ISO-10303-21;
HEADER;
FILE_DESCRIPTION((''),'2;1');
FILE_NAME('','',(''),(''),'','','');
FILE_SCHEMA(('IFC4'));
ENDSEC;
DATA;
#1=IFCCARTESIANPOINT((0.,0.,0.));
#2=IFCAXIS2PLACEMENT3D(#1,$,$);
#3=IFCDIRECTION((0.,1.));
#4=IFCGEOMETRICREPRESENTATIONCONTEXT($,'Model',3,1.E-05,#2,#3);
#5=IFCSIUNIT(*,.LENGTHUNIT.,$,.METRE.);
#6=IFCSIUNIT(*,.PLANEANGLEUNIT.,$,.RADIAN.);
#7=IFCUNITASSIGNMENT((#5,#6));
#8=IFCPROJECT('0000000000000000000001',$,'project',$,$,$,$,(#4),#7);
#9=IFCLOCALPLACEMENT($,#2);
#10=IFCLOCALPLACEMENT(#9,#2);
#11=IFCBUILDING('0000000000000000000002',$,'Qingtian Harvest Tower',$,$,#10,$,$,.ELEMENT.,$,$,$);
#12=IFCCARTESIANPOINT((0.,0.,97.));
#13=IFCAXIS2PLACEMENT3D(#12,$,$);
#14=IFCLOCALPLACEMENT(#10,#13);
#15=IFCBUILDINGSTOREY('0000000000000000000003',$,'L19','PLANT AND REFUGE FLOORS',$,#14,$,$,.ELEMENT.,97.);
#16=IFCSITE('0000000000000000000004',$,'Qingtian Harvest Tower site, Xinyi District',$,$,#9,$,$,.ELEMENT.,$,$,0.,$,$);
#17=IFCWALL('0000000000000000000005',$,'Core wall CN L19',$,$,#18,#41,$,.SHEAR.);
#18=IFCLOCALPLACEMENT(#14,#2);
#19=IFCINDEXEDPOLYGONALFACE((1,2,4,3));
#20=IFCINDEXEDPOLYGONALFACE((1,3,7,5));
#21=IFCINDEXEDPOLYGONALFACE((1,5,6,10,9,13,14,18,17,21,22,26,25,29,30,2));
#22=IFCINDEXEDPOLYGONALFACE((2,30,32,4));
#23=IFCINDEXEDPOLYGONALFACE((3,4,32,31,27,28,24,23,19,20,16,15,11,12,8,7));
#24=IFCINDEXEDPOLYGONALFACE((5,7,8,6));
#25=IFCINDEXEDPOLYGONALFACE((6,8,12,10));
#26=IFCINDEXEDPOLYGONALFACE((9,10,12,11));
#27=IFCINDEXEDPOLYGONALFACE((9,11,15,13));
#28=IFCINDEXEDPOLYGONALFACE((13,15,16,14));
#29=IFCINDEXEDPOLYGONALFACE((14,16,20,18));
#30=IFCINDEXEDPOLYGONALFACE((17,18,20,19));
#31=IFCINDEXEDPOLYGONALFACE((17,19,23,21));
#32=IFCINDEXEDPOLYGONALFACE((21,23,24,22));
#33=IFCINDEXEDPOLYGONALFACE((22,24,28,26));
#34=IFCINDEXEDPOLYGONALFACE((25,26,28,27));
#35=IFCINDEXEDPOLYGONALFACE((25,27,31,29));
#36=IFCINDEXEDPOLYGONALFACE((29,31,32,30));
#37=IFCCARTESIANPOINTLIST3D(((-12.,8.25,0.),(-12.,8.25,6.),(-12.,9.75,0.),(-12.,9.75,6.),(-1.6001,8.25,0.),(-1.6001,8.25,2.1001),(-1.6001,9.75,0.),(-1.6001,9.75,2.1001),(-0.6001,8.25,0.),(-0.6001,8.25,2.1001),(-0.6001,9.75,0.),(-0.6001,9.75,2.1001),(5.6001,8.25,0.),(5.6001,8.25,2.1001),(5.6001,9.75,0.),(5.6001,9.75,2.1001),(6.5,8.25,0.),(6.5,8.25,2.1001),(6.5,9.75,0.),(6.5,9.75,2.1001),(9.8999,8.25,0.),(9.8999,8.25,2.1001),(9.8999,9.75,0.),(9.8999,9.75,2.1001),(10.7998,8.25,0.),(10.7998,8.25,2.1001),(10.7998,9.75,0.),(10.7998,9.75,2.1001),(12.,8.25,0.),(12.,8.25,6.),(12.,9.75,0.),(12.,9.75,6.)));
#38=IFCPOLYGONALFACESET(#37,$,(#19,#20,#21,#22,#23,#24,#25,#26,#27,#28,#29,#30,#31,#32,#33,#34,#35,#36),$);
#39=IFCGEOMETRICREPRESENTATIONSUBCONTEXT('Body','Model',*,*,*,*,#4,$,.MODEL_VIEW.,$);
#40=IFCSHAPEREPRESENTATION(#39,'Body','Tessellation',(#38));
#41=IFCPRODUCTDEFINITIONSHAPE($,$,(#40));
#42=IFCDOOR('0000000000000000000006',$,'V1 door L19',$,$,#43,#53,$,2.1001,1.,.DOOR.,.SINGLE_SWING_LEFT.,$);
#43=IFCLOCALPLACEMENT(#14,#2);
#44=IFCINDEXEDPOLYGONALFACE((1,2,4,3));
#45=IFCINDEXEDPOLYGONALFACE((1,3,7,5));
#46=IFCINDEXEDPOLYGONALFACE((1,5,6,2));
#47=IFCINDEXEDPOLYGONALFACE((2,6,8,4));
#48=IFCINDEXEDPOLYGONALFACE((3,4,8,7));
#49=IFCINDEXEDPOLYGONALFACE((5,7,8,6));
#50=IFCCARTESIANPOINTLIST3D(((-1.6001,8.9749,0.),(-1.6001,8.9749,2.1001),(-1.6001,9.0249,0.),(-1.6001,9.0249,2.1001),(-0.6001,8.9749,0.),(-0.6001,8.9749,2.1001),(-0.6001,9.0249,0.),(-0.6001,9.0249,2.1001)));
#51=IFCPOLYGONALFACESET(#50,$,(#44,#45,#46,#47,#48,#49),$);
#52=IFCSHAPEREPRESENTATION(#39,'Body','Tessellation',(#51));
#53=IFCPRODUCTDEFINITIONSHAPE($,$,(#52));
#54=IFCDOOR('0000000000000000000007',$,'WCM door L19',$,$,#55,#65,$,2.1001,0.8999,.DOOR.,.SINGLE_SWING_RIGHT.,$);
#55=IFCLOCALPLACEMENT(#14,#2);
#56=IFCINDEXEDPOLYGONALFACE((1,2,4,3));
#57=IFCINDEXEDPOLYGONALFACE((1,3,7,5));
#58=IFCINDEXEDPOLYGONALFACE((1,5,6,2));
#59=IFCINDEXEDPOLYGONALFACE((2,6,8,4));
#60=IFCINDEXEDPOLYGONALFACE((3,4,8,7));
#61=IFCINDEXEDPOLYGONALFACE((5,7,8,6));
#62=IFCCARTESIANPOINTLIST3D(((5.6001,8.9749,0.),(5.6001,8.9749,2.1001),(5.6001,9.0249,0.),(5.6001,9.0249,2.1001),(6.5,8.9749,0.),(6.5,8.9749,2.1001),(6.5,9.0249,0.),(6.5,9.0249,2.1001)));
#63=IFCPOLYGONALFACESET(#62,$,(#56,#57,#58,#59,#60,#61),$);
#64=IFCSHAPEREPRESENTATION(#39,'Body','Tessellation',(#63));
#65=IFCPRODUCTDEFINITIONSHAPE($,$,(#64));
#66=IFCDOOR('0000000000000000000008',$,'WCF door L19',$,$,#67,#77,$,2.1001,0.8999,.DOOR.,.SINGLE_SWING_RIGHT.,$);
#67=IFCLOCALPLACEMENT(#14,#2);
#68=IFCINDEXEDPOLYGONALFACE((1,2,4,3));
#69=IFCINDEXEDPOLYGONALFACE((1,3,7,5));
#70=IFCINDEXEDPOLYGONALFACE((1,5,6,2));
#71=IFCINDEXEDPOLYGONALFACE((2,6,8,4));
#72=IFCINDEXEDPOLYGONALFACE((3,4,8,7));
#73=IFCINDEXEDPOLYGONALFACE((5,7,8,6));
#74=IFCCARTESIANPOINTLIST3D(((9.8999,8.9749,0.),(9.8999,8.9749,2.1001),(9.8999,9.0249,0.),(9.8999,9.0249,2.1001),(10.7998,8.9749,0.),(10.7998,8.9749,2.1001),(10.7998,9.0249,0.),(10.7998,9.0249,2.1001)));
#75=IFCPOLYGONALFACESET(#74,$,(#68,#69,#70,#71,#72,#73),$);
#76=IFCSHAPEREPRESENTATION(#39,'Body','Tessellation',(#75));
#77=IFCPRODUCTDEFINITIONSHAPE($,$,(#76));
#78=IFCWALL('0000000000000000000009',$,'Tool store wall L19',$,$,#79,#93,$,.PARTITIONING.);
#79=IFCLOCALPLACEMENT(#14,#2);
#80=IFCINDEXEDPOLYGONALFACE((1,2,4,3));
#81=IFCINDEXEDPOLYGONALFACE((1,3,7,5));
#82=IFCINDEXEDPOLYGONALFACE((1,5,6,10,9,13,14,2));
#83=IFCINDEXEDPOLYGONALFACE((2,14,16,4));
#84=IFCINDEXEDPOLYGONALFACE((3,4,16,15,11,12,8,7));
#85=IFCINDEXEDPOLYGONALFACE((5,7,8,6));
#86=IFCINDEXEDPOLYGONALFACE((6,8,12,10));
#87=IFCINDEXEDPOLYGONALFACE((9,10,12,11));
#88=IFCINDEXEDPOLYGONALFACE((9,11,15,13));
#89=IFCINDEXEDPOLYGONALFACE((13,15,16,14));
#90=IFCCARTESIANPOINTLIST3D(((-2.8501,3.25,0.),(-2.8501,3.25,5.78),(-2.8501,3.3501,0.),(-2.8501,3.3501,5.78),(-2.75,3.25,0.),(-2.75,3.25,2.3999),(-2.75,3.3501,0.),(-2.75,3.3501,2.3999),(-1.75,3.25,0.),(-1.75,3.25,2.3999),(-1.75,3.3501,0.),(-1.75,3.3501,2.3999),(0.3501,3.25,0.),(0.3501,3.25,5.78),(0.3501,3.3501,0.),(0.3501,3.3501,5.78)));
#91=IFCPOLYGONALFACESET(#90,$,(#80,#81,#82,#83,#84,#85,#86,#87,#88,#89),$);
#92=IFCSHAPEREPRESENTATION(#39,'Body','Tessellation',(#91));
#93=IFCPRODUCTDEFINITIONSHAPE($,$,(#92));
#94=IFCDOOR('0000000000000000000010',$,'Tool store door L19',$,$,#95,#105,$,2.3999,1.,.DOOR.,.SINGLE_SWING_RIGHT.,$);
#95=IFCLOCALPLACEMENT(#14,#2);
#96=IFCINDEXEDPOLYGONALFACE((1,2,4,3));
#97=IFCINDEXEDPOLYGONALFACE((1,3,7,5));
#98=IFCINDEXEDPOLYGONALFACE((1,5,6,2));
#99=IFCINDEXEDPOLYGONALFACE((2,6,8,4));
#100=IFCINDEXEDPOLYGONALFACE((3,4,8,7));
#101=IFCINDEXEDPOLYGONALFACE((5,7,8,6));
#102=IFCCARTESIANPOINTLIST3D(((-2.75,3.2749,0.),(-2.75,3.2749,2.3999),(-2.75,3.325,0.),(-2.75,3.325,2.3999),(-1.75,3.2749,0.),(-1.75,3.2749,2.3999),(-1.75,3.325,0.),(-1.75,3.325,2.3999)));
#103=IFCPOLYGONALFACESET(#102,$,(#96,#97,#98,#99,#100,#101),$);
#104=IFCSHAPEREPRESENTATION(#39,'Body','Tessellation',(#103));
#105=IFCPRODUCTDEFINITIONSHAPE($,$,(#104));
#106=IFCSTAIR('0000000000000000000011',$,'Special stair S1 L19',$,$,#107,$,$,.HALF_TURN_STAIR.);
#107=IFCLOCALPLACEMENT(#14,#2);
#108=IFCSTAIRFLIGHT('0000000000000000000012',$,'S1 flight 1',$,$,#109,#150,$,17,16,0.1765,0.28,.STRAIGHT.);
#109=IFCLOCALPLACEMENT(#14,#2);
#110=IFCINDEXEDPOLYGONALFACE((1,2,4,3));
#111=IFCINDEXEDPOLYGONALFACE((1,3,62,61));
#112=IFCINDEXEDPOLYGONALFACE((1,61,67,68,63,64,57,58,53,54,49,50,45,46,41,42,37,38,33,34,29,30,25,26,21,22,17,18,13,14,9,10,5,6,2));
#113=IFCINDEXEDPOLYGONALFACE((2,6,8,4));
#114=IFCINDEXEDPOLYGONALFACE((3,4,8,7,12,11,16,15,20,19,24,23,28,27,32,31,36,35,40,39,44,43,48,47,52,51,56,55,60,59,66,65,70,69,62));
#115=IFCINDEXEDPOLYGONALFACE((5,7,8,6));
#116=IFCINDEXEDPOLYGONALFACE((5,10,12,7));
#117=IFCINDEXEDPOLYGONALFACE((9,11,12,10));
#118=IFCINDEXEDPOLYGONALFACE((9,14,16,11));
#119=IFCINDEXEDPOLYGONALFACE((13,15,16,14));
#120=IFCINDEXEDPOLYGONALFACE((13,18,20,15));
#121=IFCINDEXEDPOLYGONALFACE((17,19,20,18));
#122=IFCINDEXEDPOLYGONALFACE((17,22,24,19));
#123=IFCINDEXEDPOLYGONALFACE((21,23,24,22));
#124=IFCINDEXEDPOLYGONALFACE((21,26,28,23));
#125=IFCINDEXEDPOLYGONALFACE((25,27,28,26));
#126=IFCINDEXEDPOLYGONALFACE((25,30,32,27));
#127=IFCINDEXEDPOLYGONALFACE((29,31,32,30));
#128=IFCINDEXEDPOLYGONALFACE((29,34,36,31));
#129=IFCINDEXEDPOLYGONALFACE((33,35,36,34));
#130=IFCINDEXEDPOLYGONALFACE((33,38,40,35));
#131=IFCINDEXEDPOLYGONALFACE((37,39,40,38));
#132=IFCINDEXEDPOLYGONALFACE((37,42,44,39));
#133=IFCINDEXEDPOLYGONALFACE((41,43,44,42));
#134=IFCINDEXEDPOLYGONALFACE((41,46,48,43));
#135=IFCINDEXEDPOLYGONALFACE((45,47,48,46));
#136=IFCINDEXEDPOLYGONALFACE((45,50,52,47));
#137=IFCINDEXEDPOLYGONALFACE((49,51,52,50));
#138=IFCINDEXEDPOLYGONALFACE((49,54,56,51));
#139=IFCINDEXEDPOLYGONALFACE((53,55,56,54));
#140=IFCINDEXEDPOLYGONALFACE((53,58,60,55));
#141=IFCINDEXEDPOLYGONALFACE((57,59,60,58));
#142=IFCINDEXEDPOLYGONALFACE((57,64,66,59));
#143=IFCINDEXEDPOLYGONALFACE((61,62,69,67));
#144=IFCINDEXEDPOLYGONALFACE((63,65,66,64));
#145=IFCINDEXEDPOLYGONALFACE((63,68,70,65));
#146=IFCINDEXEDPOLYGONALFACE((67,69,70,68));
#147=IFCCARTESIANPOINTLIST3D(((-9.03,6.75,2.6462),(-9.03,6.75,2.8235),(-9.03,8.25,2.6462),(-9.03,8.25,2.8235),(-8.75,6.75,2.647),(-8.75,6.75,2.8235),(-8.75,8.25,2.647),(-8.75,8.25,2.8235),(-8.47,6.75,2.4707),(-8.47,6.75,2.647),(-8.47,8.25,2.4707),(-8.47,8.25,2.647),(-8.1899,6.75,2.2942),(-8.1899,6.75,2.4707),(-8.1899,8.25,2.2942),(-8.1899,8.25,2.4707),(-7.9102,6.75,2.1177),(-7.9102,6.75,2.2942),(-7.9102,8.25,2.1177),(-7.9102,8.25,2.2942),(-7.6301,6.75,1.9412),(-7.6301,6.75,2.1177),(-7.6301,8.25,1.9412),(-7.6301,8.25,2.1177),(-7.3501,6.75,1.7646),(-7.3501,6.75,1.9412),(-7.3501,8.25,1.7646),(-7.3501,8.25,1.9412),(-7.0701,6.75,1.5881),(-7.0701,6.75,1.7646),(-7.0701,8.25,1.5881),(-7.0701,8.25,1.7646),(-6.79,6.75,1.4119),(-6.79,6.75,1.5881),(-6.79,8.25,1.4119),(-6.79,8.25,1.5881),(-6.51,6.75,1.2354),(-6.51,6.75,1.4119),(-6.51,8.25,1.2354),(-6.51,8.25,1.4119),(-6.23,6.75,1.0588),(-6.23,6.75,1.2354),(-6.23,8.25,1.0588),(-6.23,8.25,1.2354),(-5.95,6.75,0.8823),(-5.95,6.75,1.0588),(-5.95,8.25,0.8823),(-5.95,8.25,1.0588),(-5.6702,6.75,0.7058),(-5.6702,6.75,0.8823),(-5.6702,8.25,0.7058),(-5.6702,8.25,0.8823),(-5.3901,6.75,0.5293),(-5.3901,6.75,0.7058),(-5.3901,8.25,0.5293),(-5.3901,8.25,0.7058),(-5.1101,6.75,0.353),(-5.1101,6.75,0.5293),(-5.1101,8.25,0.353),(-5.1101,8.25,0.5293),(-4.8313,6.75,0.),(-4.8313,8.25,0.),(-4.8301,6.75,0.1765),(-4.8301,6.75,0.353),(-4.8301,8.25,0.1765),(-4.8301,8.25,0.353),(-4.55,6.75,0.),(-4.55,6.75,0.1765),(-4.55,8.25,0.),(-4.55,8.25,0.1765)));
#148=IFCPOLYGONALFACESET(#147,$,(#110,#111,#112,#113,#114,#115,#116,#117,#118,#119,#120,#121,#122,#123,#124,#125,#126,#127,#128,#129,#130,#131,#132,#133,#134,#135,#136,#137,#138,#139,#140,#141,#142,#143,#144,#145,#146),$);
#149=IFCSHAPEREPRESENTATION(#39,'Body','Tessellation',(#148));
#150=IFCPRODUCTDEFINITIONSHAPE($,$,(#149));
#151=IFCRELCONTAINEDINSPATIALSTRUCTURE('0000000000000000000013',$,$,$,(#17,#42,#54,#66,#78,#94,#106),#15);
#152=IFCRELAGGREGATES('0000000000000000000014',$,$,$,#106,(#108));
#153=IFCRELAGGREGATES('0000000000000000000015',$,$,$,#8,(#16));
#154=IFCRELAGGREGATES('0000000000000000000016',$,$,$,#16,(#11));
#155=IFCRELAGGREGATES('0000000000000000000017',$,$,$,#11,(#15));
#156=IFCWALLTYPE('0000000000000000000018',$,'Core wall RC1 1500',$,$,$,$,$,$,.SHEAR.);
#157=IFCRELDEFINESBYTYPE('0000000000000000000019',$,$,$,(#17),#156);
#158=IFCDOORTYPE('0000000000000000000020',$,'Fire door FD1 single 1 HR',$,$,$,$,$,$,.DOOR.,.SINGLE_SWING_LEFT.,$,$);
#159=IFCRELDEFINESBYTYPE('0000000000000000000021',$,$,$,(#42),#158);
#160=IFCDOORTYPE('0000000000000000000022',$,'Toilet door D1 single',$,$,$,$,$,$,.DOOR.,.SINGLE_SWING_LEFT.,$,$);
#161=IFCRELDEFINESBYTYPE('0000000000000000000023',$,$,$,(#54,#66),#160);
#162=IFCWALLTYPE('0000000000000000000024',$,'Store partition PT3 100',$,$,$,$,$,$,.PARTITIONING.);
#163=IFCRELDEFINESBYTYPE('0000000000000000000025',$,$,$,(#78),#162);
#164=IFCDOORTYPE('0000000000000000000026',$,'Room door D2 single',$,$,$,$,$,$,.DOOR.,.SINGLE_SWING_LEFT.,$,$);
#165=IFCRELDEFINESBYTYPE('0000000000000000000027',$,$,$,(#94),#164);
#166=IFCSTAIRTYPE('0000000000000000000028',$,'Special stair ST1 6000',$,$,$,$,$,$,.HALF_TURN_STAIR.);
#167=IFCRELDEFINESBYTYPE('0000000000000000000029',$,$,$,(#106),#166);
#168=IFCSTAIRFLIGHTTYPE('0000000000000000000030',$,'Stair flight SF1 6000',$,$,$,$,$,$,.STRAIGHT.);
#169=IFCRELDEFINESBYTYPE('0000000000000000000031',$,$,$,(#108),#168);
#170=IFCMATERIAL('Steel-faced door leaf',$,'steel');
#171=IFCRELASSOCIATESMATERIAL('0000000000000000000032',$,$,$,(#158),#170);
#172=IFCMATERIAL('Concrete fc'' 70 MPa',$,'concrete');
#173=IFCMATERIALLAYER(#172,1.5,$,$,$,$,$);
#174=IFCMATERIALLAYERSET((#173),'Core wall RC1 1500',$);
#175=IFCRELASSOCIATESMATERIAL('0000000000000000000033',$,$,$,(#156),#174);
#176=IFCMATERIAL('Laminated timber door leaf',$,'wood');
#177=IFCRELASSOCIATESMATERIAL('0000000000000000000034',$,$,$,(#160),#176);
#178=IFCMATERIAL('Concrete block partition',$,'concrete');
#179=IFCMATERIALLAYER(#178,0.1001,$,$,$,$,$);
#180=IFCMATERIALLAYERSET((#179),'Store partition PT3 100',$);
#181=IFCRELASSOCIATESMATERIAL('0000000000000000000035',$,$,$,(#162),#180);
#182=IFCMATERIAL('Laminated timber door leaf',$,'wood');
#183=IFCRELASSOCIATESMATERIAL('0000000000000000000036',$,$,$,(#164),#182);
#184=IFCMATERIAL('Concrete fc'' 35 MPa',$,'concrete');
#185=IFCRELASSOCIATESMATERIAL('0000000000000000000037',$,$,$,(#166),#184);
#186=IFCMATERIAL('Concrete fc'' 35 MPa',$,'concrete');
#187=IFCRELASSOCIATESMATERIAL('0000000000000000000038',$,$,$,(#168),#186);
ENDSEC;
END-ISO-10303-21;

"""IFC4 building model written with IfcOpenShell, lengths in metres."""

from ifc_helpers import new_model, si_unit, direction, frame, frame_2d, origin, place, context, subcontext, project, spatial, polyline, rectangle, outline, extrude, material, layer, layer_set, type_object, element, fill, aggregate, save


model = new_model("IFC4")

# Units and contexts
model_context = context("Model", 3, precision=1e-05, world=origin(), true_north=direction((0.0, 1.0)))
body_context = subcontext(model_context, "Body", "Model", "MODEL_VIEW")
ifc_project = project(units=[si_unit("LENGTHUNIT", "METRE"), si_unit("PLANEANGLEUNIT", "RADIAN")], contexts=[model_context])

# Site, building, storey
site_placement = place(None, origin())
site = spatial("IfcSite", under=ifc_project, at=site_placement, Name="Qingtian Harvest Tower site, Xinyi District", CompositionType="ELEMENT", RefElevation=0.0)
building_placement = place(site_placement, origin())
building = spatial("IfcBuilding", under=site, at=building_placement, Name="Qingtian Harvest Tower", CompositionType="ELEMENT")
storey_placement = place(building_placement, frame((0.0, 0.0, 97.0)))
storey = spatial("IfcBuildingStorey", under=building, at=storey_placement, Name="L19", Description="PLANT AND REFUGE FLOORS", CompositionType="ELEMENT", Elevation=97.0)

# Shared definitions
ifc_material_1 = material(Name="Steel-faced door leaf", Category="steel")
door_type_1 = type_object("IfcDoorType", Name="Fire door FD1 single 1 HR", OperationType="SINGLE_SWING_LEFT", PredefinedType="DOOR", material=ifc_material_1)

# Wall, openings, doors
ifc_material_2 = material(Name="Concrete fc' 70 MPa", Category="concrete")
ifc_layer_1 = layer(ifc_material_2, 1.5)
ifc_layer_set_1 = layer_set([ifc_layer_1], Name="Core wall RC1 1500")
wall_type_1 = type_object("IfcWallType", Name="Core wall RC1 1500", PredefinedType="SHEAR", material=ifc_layer_set_1)
wall_1_placement = place(storey_placement, frame((-12.0, 9.0, 0.0), z_axis=(0.0, 0.0, 1.0), x_axis=(1.0, 0.0, 0.0)))
wall_1 = element("IfcWall", 1, at=wall_1_placement, inside=storey, type_object=wall_type_1, Name="Core wall CN L19", PredefinedType="SHEAR", context=body_context, shape_type="SweptSolid", body=[
    extrude(rectangle(XDim=24.0, YDim=1.5, at=frame_2d((12.0, 0.0))), origin(), (0.0, 0.0, 1.0), 6.0),
])
opening_1_placement = place(wall_1_placement, frame((10.3999, 0.0, 0.0)))
opening_1 = element("IfcOpeningElement", 2, at=opening_1_placement, cuts=wall_1, PredefinedType="OPENING", context=body_context, shape_type="SweptSolid", body=[
    extrude(rectangle(XDim=1.0, YDim=2.1001, at=frame_2d((0.5, 1.05))), frame((0.0, 0.76, 0.0), z_axis=(0.0, -1.0, 0.0), x_axis=(1.0, 0.0, 0.0)), (0.0, 0.0, 1.0), 1.52),
])
opening_2_placement = place(wall_1_placement, frame((17.6001, 0.0, 0.0)))
opening_2 = element("IfcOpeningElement", 3, at=opening_2_placement, cuts=wall_1, PredefinedType="OPENING", context=body_context, shape_type="SweptSolid", body=[
    extrude(rectangle(XDim=0.8999, YDim=2.1001, at=frame_2d((0.45, 1.05))), frame((0.0, 0.76, 0.0), z_axis=(0.0, -1.0, 0.0), x_axis=(1.0, 0.0, 0.0)), (0.0, 0.0, 1.0), 1.52),
])
opening_3_placement = place(wall_1_placement, frame((21.8999, 0.0, 0.0)))
opening_3 = element("IfcOpeningElement", 4, at=opening_3_placement, cuts=wall_1, PredefinedType="OPENING", context=body_context, shape_type="SweptSolid", body=[
    extrude(rectangle(XDim=0.8999, YDim=2.1001, at=frame_2d((0.45, 1.05))), frame((0.0, 0.76, 0.0), z_axis=(0.0, -1.0, 0.0), x_axis=(1.0, 0.0, 0.0)), (0.0, 0.0, 1.0), 1.52),
])
door_1_placement = place(opening_1_placement, origin())
door_1 = element("IfcDoor", 5, at=door_1_placement, inside=storey, type_object=door_type_1, Name="V1 door L19", OperationType="SINGLE_SWING_LEFT", OverallHeight=2.1001, OverallWidth=1.0, PredefinedType="DOOR", context=body_context, shape_type="SweptSolid", body=[
    extrude(rectangle(XDim=1.0, YDim=2.1001, at=frame_2d((0.5, 1.05))), frame((0.0, 0.0249, 0.0), z_axis=(0.0, -1.0, 0.0), x_axis=(1.0, 0.0, 0.0)), (0.0, 0.0, 1.0), 0.05),
])
fill(opening_1, door_1)
ifc_material_3 = material(Name="Laminated timber door leaf", Category="wood")
door_type_2 = type_object("IfcDoorType", Name="Toilet door D1 single", OperationType="SINGLE_SWING_LEFT", PredefinedType="DOOR", material=ifc_material_3)
door_2_placement = place(opening_2_placement, origin())
door_2 = element("IfcDoor", 6, at=door_2_placement, inside=storey, type_object=door_type_2, Name="WCM door L19", OperationType="SINGLE_SWING_RIGHT", OverallHeight=2.1001, OverallWidth=0.8999, PredefinedType="DOOR", context=body_context, shape_type="SweptSolid", body=[
    extrude(rectangle(XDim=0.8999, YDim=2.1001, at=frame_2d((0.45, 1.05))), frame((0.0, 0.0249, 0.0), z_axis=(0.0, -1.0, 0.0), x_axis=(1.0, 0.0, 0.0)), (0.0, 0.0, 1.0), 0.05),
])
fill(opening_2, door_2)
door_3_placement = place(opening_3_placement, origin())
door_3 = element("IfcDoor", 7, at=door_3_placement, inside=storey, type_object=door_type_2, Name="WCF door L19", OperationType="SINGLE_SWING_RIGHT", OverallHeight=2.1001, OverallWidth=0.8999, PredefinedType="DOOR", context=body_context, shape_type="SweptSolid", body=[
    extrude(rectangle(XDim=0.8999, YDim=2.1001, at=frame_2d((0.45, 1.05))), frame((0.0, 0.0249, 0.0), z_axis=(0.0, -1.0, 0.0), x_axis=(1.0, 0.0, 0.0)), (0.0, 0.0, 1.0), 0.05),
])
fill(opening_3, door_3)

# Wall, opening, door
ifc_material_4 = material(Name="Concrete block partition", Category="concrete")
ifc_layer_2 = layer(ifc_material_4, 0.1001)
ifc_layer_set_2 = layer_set([ifc_layer_2], Name="Store partition PT3 100")
wall_type_2 = type_object("IfcWallType", Name="Store partition PT3 100", PredefinedType="PARTITIONING", material=ifc_layer_set_2)
wall_2_placement = place(storey_placement, frame((-2.8501, 3.3, 0.0), z_axis=(0.0, 0.0, 1.0), x_axis=(1.0, 0.0, 0.0)))
wall_2 = element("IfcWall", 8, at=wall_2_placement, inside=storey, type_object=wall_type_2, Name="Tool store wall L19", PredefinedType="PARTITIONING", context=body_context, shape_type="SweptSolid", body=[
    extrude(rectangle(XDim=3.2002, YDim=0.1001, at=frame_2d((1.6001, 0.0))), origin(), (0.0, 0.0, 1.0), 5.78),
])
opening_4_placement = place(wall_2_placement, frame((0.1001, 0.0, 0.0)))
opening_4 = element("IfcOpeningElement", 9, at=opening_4_placement, cuts=wall_2, PredefinedType="OPENING", context=body_context, shape_type="SweptSolid", body=[
    extrude(rectangle(XDim=1.0, YDim=2.3999, at=frame_2d((0.5, 1.2))), frame((0.0, 0.0601, 0.0), z_axis=(0.0, -1.0, 0.0), x_axis=(1.0, 0.0, 0.0)), (0.0, 0.0, 1.0), 0.1201),
])
ifc_material_5 = material(Name="Laminated timber door leaf", Category="wood")
door_type_3 = type_object("IfcDoorType", Name="Room door D2 single", OperationType="SINGLE_SWING_LEFT", PredefinedType="DOOR", material=ifc_material_5)
door_4_placement = place(opening_4_placement, origin())
door_4 = element("IfcDoor", 10, at=door_4_placement, inside=storey, type_object=door_type_3, Name="Tool store door L19", OperationType="SINGLE_SWING_RIGHT", OverallHeight=2.3999, OverallWidth=1.0, PredefinedType="DOOR", context=body_context, shape_type="SweptSolid", body=[
    extrude(rectangle(XDim=1.0, YDim=2.3999, at=frame_2d((0.5, 1.2))), frame((0.0, 0.0249, 0.0), z_axis=(0.0, -1.0, 0.0), x_axis=(1.0, 0.0, 0.0)), (0.0, 0.0, 1.0), 0.05),
])
fill(opening_4, door_4)

# Stair, stair flight
ifc_material_6 = material(Name="Concrete fc' 35 MPa", Category="concrete")
stair_type = type_object("IfcStairType", Name="Special stair ST1 6000", PredefinedType="HALF_TURN_STAIR", material=ifc_material_6)
stair_placement = place(storey_placement, origin())
stair = element("IfcStair", 11, at=stair_placement, inside=storey, type_object=stair_type, Name="Special stair S1 L19", PredefinedType="HALF_TURN_STAIR")
ifc_material_7 = material(Name="Concrete fc' 35 MPa", Category="concrete")
stair_flight_type = type_object("IfcStairFlightType", Name="Stair flight SF1 6000", PredefinedType="STRAIGHT", material=ifc_material_7)
stair_flight_1_placement = place(storey_placement, frame((-4.55, 7.5, 0.0), z_axis=(0.0, 0.0, 1.0), x_axis=(-1.0, 0.0, 0.0)))
stair_flight_1 = element("IfcStairFlight", 12, at=stair_flight_1_placement, type_object=stair_flight_type, Name="S1 flight 1", NumberOfRisers=17, NumberOfTreads=16, PredefinedType="STRAIGHT", RiserHeight=0.1765, TreadLength=0.28, context=body_context, shape_type="SweptSolid", body=[
    extrude(outline(polyline([(0.0, 0.0), (0.0, 0.1765), (0.28, 0.1765), (0.28, 0.353), (0.5601, 0.353), (0.5601, 0.5293), (0.8401, 0.5293), (0.8401, 0.7058), (1.1201, 0.7058), (1.1201, 0.8823), (1.3999, 0.8823), (1.3999, 1.0588), (1.6799, 1.0588), (1.6799, 1.2354), (1.96, 1.2354), (1.96, 1.4119), (2.24, 1.4119), (2.24, 1.5881), (2.52, 1.5881), (2.52, 1.7646), (2.8, 1.7646), (2.8, 1.9412), (3.0801, 1.9412), (3.0801, 2.1177), (3.3601, 2.1177), (3.3601, 2.2942), (3.6399, 2.2942), (3.6399, 2.4707), (3.9199, 2.4707), (3.9199, 2.647), (4.2, 2.647), (4.2, 2.8235), (4.48, 2.8235), (4.48, 3.0), (4.48, 2.6462), (0.2812, 0.0), (0.0, 0.0)])), frame((0.0, 0.75, 0.0), z_axis=(0.0, -1.0, 0.0), x_axis=(1.0, 0.0, 0.0)), (0.0, 0.0, 1.0), 1.5),
])
aggregate(stair, [stair_flight_1])

save(model, "model.ifc")
